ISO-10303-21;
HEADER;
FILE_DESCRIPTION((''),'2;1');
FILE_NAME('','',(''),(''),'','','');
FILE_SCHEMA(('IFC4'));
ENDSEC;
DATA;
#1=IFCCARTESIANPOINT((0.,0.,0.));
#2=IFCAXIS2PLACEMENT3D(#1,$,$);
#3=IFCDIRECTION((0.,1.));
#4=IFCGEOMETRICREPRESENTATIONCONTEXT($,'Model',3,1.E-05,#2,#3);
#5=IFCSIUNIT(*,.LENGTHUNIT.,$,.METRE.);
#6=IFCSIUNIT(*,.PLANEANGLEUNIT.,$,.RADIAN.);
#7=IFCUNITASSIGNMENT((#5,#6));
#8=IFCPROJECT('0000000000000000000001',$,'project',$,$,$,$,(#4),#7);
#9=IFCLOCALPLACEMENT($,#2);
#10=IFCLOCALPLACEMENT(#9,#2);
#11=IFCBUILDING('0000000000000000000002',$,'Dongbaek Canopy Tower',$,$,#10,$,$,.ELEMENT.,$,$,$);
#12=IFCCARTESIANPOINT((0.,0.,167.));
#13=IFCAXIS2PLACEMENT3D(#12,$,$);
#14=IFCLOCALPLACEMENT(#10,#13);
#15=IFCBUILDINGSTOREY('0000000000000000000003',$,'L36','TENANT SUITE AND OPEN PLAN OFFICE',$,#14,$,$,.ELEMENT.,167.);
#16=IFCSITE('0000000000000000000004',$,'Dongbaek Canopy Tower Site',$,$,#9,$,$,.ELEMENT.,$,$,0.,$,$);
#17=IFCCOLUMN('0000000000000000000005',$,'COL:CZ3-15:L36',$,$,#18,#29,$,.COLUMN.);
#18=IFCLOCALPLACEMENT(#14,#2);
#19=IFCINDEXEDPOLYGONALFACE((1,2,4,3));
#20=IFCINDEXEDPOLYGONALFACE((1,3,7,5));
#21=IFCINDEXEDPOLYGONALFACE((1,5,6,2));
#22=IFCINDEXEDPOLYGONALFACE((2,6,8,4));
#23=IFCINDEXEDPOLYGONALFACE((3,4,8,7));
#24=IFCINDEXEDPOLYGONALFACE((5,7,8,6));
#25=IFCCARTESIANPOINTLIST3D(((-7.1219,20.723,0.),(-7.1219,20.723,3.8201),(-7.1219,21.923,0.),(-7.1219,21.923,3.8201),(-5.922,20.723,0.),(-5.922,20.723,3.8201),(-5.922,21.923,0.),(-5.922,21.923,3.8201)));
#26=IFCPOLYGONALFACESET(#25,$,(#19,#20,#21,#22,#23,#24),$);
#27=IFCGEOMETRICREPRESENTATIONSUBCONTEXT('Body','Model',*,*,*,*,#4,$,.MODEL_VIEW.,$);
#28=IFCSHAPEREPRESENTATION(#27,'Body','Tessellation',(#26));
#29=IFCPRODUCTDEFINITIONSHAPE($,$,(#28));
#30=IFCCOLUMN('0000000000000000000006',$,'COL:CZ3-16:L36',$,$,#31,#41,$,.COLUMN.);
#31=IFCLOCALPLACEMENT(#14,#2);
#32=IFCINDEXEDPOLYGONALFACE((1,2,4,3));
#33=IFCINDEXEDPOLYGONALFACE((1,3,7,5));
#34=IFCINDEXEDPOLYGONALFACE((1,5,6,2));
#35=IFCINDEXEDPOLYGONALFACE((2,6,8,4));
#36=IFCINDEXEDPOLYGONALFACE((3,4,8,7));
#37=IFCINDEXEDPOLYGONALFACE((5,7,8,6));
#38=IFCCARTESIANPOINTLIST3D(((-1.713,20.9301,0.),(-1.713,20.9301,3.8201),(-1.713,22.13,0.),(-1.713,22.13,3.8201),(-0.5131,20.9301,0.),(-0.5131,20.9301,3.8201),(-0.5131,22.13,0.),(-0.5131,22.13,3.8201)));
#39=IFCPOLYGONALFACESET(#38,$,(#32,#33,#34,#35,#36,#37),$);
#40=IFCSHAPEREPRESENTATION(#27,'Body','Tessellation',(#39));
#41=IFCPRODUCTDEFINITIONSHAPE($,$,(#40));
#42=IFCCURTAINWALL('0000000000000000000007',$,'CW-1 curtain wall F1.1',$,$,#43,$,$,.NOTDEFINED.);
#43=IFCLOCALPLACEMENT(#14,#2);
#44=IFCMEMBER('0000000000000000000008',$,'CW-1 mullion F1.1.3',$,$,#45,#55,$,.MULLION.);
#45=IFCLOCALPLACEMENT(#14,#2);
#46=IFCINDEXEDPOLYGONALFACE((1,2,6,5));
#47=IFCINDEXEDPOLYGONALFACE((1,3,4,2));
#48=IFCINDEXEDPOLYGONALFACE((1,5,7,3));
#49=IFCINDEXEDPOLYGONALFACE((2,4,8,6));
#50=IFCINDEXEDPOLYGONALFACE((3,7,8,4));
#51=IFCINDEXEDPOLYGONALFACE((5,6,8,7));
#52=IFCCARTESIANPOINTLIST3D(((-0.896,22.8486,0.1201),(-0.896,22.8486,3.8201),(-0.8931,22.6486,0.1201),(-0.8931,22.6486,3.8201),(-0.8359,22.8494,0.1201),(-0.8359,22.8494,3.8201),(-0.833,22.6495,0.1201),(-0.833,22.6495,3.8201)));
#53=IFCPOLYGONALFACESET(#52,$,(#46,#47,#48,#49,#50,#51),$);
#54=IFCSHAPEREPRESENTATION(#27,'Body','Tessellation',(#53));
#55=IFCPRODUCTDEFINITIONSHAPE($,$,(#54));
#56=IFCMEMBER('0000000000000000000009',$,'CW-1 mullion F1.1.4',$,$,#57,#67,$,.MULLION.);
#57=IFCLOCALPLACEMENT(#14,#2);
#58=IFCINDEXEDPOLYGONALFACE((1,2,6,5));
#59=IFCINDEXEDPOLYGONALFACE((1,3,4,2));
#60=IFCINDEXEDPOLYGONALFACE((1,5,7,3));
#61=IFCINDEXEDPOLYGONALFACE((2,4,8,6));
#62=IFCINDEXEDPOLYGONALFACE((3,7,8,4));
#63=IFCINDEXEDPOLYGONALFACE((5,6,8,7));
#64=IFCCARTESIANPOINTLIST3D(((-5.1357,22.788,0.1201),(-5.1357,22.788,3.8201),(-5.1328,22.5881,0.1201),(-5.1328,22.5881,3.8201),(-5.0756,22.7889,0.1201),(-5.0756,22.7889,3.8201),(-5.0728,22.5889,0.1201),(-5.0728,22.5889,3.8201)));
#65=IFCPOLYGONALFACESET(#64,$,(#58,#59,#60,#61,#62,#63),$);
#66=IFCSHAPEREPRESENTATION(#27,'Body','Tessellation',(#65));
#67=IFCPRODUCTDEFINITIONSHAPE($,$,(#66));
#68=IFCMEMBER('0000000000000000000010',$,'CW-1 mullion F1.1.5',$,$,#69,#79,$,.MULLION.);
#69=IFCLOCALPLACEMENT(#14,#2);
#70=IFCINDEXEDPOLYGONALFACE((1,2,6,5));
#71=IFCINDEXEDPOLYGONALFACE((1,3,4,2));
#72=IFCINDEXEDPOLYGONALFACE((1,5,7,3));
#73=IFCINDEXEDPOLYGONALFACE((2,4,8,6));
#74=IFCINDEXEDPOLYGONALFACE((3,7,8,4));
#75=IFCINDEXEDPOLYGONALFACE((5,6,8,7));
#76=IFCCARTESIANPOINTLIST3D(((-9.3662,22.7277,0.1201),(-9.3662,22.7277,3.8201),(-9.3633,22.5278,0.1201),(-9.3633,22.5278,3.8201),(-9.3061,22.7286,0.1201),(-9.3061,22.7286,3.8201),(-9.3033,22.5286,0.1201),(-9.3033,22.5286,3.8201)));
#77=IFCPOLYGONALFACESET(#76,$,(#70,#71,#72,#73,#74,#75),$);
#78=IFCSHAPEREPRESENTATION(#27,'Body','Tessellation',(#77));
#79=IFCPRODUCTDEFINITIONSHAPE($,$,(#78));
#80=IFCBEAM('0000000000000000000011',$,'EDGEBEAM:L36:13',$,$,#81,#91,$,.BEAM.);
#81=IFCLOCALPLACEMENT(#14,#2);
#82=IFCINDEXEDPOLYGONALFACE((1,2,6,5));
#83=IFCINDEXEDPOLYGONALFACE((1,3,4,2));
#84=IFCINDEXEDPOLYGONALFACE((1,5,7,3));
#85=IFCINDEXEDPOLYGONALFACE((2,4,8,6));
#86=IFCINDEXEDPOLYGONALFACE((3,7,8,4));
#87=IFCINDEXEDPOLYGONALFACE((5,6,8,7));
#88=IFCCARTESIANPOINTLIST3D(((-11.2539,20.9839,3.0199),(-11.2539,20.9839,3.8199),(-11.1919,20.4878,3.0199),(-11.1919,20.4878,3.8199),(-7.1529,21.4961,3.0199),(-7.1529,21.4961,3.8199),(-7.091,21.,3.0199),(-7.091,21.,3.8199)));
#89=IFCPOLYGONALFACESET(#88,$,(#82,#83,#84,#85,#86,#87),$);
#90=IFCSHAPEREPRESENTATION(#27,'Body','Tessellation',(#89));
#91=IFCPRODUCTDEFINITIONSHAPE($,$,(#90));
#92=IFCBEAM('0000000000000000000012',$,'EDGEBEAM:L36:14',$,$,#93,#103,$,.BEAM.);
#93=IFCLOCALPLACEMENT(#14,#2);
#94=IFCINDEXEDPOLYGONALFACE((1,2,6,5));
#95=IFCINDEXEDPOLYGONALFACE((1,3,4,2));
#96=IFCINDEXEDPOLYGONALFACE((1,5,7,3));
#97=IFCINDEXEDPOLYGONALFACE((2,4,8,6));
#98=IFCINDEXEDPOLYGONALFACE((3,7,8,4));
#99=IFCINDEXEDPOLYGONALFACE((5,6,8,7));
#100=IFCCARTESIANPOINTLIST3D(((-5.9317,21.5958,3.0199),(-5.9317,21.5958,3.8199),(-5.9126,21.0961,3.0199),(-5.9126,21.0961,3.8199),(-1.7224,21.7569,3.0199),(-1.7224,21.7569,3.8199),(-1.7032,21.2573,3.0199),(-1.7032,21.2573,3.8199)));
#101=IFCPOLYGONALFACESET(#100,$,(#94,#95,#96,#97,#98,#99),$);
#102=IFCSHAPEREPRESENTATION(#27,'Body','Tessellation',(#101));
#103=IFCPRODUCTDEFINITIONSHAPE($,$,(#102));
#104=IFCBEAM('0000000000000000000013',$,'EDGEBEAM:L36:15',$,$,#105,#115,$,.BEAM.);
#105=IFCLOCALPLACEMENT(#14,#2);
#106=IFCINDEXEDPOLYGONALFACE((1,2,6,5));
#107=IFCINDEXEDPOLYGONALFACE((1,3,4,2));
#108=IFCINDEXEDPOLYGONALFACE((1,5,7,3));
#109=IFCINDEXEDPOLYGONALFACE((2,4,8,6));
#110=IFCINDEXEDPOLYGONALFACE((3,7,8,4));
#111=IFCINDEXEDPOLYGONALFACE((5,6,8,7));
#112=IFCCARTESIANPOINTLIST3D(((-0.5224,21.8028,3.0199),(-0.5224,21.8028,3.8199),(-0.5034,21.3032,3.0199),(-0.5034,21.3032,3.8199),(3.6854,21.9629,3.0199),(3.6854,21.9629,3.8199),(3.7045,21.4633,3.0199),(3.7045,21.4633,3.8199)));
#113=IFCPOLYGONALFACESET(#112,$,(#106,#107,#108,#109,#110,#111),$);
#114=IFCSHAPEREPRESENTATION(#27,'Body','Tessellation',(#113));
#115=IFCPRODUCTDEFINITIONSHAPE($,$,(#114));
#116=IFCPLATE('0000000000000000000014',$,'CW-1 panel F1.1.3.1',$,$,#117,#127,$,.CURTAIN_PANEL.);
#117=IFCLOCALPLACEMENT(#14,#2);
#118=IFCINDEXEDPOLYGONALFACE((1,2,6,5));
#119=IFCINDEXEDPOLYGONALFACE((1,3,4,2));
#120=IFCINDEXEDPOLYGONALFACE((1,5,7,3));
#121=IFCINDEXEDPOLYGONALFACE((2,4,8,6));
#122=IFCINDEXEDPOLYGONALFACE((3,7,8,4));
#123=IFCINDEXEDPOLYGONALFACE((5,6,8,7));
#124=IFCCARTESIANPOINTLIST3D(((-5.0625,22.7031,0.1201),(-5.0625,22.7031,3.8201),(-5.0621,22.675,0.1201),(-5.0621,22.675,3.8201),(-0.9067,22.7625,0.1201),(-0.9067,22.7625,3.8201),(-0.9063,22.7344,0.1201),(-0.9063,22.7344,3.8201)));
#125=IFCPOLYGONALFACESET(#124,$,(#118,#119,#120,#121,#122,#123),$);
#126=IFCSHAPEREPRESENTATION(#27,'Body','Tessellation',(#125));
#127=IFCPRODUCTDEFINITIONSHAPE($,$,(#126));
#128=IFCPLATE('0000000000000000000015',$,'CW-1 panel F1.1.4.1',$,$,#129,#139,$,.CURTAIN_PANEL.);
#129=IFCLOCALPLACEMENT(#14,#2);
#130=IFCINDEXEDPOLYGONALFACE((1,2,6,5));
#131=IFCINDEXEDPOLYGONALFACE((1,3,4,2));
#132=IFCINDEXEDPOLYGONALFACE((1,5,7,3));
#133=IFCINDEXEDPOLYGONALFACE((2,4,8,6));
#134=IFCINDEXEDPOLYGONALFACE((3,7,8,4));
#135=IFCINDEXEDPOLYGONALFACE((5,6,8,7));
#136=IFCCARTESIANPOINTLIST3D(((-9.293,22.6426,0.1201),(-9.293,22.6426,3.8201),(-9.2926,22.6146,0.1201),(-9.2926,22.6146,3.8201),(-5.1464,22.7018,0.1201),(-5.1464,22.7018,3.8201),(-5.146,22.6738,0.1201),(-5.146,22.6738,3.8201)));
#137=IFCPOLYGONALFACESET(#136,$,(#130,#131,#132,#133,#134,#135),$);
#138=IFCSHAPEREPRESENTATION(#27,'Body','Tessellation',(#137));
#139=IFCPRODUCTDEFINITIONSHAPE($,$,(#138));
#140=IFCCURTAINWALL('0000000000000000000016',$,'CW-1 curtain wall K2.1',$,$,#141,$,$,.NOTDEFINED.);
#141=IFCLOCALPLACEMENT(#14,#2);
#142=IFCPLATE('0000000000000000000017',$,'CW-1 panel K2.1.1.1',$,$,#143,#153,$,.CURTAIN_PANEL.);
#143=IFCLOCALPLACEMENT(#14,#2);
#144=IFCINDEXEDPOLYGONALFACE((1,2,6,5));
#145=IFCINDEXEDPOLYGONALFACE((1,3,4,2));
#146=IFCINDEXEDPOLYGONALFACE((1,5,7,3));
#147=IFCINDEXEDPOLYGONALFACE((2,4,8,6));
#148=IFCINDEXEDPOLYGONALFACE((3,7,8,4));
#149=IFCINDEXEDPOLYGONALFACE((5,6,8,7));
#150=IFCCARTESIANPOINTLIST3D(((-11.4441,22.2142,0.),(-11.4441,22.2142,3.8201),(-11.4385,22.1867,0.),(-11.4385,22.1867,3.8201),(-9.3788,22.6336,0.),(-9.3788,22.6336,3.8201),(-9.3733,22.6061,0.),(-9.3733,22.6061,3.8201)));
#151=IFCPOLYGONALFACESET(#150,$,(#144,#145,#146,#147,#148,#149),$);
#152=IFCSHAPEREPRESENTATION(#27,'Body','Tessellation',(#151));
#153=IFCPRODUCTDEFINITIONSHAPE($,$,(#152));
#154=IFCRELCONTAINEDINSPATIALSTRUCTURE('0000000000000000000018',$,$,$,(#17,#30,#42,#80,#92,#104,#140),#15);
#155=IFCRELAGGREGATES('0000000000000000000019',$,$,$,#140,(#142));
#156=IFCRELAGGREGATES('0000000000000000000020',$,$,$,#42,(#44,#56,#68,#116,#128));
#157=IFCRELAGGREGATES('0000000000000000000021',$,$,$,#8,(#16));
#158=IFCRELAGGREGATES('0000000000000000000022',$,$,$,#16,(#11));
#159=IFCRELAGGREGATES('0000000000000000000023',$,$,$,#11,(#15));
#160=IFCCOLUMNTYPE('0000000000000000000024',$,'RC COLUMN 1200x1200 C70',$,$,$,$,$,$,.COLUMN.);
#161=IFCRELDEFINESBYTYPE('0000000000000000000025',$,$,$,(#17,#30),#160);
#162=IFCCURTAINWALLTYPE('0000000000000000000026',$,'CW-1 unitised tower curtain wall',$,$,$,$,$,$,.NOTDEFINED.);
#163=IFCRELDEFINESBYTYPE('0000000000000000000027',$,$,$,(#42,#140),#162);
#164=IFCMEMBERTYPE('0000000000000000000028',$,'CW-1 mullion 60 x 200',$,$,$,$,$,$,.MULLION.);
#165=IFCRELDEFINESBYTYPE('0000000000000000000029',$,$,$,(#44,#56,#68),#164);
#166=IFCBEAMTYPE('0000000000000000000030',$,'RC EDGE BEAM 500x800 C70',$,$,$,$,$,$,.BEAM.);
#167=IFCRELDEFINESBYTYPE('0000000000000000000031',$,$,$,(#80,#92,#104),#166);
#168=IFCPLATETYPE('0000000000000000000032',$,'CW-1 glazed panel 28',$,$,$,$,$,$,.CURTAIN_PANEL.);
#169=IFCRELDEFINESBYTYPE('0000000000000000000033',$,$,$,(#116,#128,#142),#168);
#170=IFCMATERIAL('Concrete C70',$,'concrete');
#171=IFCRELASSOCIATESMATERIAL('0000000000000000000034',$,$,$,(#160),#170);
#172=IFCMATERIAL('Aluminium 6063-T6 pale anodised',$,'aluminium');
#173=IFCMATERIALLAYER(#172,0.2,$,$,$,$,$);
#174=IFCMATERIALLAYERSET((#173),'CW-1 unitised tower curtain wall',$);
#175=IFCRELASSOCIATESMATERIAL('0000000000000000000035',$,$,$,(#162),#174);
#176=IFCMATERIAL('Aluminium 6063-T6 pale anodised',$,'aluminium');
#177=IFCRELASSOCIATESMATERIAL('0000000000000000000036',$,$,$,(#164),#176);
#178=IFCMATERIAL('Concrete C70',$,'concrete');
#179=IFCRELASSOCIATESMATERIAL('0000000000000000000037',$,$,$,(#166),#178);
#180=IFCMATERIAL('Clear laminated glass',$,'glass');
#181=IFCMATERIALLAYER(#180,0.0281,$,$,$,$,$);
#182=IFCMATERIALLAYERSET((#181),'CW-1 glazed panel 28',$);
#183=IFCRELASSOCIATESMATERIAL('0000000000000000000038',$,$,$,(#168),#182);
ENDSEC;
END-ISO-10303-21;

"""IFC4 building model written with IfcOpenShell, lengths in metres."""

from ifc_helpers import new_model, si_unit, direction, frame, origin, origin_2d, place, context, subcontext, project, spatial, rectangle, extrude, material, layer, layer_set, material_profile, profile_set, type_object, element, aggregate, save


model = new_model("IFC4")

# Units and contexts
model_context = context("Model", 3, precision=1e-05, world=origin(), true_north=direction((0.0, 1.0)))
body_context = subcontext(model_context, "Body", "Model", "MODEL_VIEW")
ifc_project = project(units=[si_unit("LENGTHUNIT", "METRE"), si_unit("PLANEANGLEUNIT", "RADIAN")], contexts=[model_context])

# Site, building, storey
site_placement = place(None, origin())
site = spatial("IfcSite", under=ifc_project, at=site_placement, Name="Dongbaek Canopy Tower Site", CompositionType="ELEMENT", RefElevation=0.0)
building_placement = place(site_placement, origin())
building = spatial("IfcBuilding", under=site, at=building_placement, Name="Dongbaek Canopy Tower", CompositionType="ELEMENT")
storey_placement = place(building_placement, frame((0.0, 0.0, 167.0)))
storey = spatial("IfcBuildingStorey", under=building, at=storey_placement, Name="L36", Description="TENANT SUITE AND OPEN PLAN OFFICE", CompositionType="ELEMENT", Elevation=167.0)

# Columns
ifc_material_1 = material(Name="Concrete C70", Category="concrete")
ifc_material_profile_1 = material_profile(ifc_material_1, rectangle(XDim=1.2, YDim=1.2, at=origin_2d()), Name="RC COLUMN 1200x1200 C70")
ifc_profile_set_1 = profile_set([ifc_material_profile_1], Name="Concrete C70")
column_type = type_object("IfcColumnType", Name="RC COLUMN 1200x1200 C70", PredefinedType="COLUMN", material=ifc_profile_set_1)
for number, where, z_axis, x_axis, name in (
    (1, (-6.522, 21.323, 0.0), (0.0, 0.0, 1.0), (1.0, 0.0, 0.0), "COL:CZ3-15:L36"),
    (2, (-1.113, 21.53, 0.0), (0.0, 0.0, 1.0), (1.0, 0.0, 0.0), "COL:CZ3-16:L36"),
):
    element("IfcColumn", number, at=place(storey_placement, frame(where, z_axis=z_axis, x_axis=x_axis)), inside=storey, type_object=column_type, Name=name, PredefinedType="COLUMN", context=body_context, shape_type="SweptSolid", body=[
        extrude(rectangle(XDim=1.2, YDim=1.2, at=origin_2d()), origin(), (0.0, 0.0, 1.0), 3.8201),
    ])

# Curtain wall, members
ifc_material_2 = material(Name="Aluminium 6063-T6 pale anodised", Category="aluminium")
ifc_layer_1 = layer(ifc_material_2, 0.2)
ifc_layer_set_1 = layer_set([ifc_layer_1], Name="CW-1 unitised tower curtain wall")
curtain_wall_type = type_object("IfcCurtainWallType", Name="CW-1 unitised tower curtain wall", PredefinedType="NOTDEFINED", material=ifc_layer_set_1)
curtain_wall_1_placement = place(storey_placement, origin())
curtain_wall_1 = element("IfcCurtainWall", 3, at=curtain_wall_1_placement, inside=storey, type_object=curtain_wall_type, Name="CW-1 curtain wall F1.1", PredefinedType="NOTDEFINED")
ifc_material_3 = material(Name="Aluminium 6063-T6 pale anodised", Category="aluminium")
ifc_material_profile_2 = material_profile(ifc_material_3, rectangle(XDim=0.2, YDim=0.0601, at=origin_2d()), Name="CW-1 mullion 60 x 200")
ifc_profile_set_2 = profile_set([ifc_material_profile_2], Name="Aluminium 6063-T6 pale anodised")
member_type = type_object("IfcMemberType", Name="CW-1 mullion 60 x 200", PredefinedType="MULLION", material=ifc_profile_set_2)
member_1_placement = place(storey_placement, frame((-0.8645, 22.749, 0.1201), z_axis=(0.0, 0.0, 1.0), x_axis=(-0.014277, 0.999898, 0.0)))
member_1 = element("IfcMember", 4, at=member_1_placement, type_object=member_type, Name="CW-1 mullion F1.1.3", PredefinedType="MULLION", context=body_context, shape_type="SweptSolid", body=[
    extrude(rectangle(XDim=0.2, YDim=0.0601, at=origin_2d()), origin(), (0.0, 0.0, 1.0), 3.7),
])
member_2_placement = place(storey_placement, frame((-5.1042, 22.6885, 0.1201), z_axis=(0.0, 0.0, 1.0), x_axis=(-0.014277, 0.999898, 0.0)))
member_2 = element("IfcMember", 5, at=member_2_placement, type_object=member_type, Name="CW-1 mullion F1.1.4", PredefinedType="MULLION", context=body_context, shape_type="SweptSolid", body=[
    extrude(rectangle(XDim=0.2, YDim=0.0601, at=origin_2d()), origin(), (0.0, 0.0, 1.0), 3.7),
])
member_3_placement = place(storey_placement, frame((-9.3347, 22.6282, 0.1201), z_axis=(0.0, 0.0, 1.0), x_axis=(-0.014277, 0.999898, 0.0)))
member_3 = element("IfcMember", 6, at=member_3_placement, type_object=member_type, Name="CW-1 mullion F1.1.5", PredefinedType="MULLION", context=body_context, shape_type="SweptSolid", body=[
    extrude(rectangle(XDim=0.2, YDim=0.0601, at=origin_2d()), origin(), (0.0, 0.0, 1.0), 3.7),
])

# Beams
ifc_material_4 = material(Name="Concrete C70", Category="concrete")
ifc_material_profile_3 = material_profile(ifc_material_4, rectangle(XDim=0.5, YDim=0.8, at=origin_2d()), Name="RC EDGE BEAM 500x800 C70")
ifc_profile_set_3 = profile_set([ifc_material_profile_3], Name="Concrete C70")
beam_type = type_object("IfcBeamType", Name="RC EDGE BEAM 500x800 C70", PredefinedType="BEAM", material=ifc_profile_set_3)
beam_1_placement = place(storey_placement, frame((-11.2229, 20.7358, 3.4199), z_axis=(0.99229, 0.12394, 0.0), x_axis=(-0.12394, 0.99229, 0.0)))
element("IfcBeam", 7, at=beam_1_placement, inside=storey, type_object=beam_type, Name="EDGEBEAM:L36:13", PredefinedType="BEAM", context=body_context, shape_type="SweptSolid", body=[
    extrude(rectangle(XDim=0.5, YDim=0.8, at=origin_2d()), origin(), (0.0, 0.0, 1.0), 4.1328),
])
beam_2_placement = place(storey_placement, frame((-5.9221, 21.3459, 3.4199), z_axis=(0.999268, 0.038253, 0.0), x_axis=(-0.038253, 0.999268, 0.0)))
element("IfcBeam", 8, at=beam_2_placement, inside=storey, type_object=beam_type, Name="EDGEBEAM:L36:14", PredefinedType="BEAM", context=body_context, shape_type="SweptSolid", body=[
    extrude(rectangle(XDim=0.5, YDim=0.8, at=origin_2d()), origin(), (0.0, 0.0, 1.0), 4.2124),
])
beam_3_placement = place(storey_placement, frame((-0.5129, 21.553, 3.4199), z_axis=(0.999277, 0.038032, 0.0), x_axis=(-0.038032, 0.999277, 0.0)))
element("IfcBeam", 9, at=beam_3_placement, inside=storey, type_object=beam_type, Name="EDGEBEAM:L36:15", PredefinedType="BEAM", context=body_context, shape_type="SweptSolid", body=[
    extrude(rectangle(XDim=0.5, YDim=0.8, at=origin_2d()), origin(), (0.0, 0.0, 1.0), 4.2109),
])

# Plates
ifc_material_5 = material(Name="Clear laminated glass", Category="glass")
ifc_layer_2 = layer(ifc_material_5, 0.0281)
ifc_layer_set_2 = layer_set([ifc_layer_2], Name="CW-1 glazed panel 28")
plate_type = type_object("IfcPlateType", Name="CW-1 glazed panel 28", PredefinedType="CURTAIN_PANEL", material=ifc_layer_set_2)
plate_1_placement = place(storey_placement, frame((-2.9844, 22.7188, 0.1201), z_axis=(0.0, 0.0, 1.0), x_axis=(-0.999898, -0.014277, 0.0)))
plate_1 = element("IfcPlate", 10, at=plate_1_placement, type_object=plate_type, Name="CW-1 panel F1.1.3.1", PredefinedType="CURTAIN_PANEL", context=body_context, shape_type="SweptSolid", body=[
    extrude(rectangle(XDim=4.1562, YDim=0.0281, at=origin_2d()), origin(), (0.0, 0.0, 1.0), 3.7),
])
plate_2_placement = place(storey_placement, frame((-7.2195, 22.6582, 0.1201), z_axis=(0.0, 0.0, 1.0), x_axis=(-0.999898, -0.014277, 0.0)))
plate_2 = element("IfcPlate", 11, at=plate_2_placement, type_object=plate_type, Name="CW-1 panel F1.1.4.1", PredefinedType="CURTAIN_PANEL", context=body_context, shape_type="SweptSolid", body=[
    extrude(rectangle(XDim=4.147, YDim=0.0281, at=origin_2d()), origin(), (0.0, 0.0, 1.0), 3.7),
])

# Curtain wall, plate
curtain_wall_2_placement = place(storey_placement, origin())
curtain_wall_2 = element("IfcCurtainWall", 12, at=curtain_wall_2_placement, inside=storey, type_object=curtain_wall_type, Name="CW-1 curtain wall K2.1", PredefinedType="NOTDEFINED")
plate_3_placement = place(storey_placement, frame((-10.4087, 22.4102, 0.0), z_axis=(0.0, 0.0, 1.0), x_axis=(-0.980004, -0.198978, 0.0)))
plate_3 = element("IfcPlate", 13, at=plate_3_placement, type_object=plate_type, Name="CW-1 panel K2.1.1.1", PredefinedType="CURTAIN_PANEL", context=body_context, shape_type="SweptSolid", body=[
    extrude(rectangle(XDim=2.1074, YDim=0.0281, at=origin_2d()), origin(), (0.0, 0.0, 1.0), 3.8201),
])
aggregate(curtain_wall_2, [plate_3])

aggregate(curtain_wall_1, [member_1, member_2, member_3, plate_1, plate_2])

save(model, "model.ifc")
